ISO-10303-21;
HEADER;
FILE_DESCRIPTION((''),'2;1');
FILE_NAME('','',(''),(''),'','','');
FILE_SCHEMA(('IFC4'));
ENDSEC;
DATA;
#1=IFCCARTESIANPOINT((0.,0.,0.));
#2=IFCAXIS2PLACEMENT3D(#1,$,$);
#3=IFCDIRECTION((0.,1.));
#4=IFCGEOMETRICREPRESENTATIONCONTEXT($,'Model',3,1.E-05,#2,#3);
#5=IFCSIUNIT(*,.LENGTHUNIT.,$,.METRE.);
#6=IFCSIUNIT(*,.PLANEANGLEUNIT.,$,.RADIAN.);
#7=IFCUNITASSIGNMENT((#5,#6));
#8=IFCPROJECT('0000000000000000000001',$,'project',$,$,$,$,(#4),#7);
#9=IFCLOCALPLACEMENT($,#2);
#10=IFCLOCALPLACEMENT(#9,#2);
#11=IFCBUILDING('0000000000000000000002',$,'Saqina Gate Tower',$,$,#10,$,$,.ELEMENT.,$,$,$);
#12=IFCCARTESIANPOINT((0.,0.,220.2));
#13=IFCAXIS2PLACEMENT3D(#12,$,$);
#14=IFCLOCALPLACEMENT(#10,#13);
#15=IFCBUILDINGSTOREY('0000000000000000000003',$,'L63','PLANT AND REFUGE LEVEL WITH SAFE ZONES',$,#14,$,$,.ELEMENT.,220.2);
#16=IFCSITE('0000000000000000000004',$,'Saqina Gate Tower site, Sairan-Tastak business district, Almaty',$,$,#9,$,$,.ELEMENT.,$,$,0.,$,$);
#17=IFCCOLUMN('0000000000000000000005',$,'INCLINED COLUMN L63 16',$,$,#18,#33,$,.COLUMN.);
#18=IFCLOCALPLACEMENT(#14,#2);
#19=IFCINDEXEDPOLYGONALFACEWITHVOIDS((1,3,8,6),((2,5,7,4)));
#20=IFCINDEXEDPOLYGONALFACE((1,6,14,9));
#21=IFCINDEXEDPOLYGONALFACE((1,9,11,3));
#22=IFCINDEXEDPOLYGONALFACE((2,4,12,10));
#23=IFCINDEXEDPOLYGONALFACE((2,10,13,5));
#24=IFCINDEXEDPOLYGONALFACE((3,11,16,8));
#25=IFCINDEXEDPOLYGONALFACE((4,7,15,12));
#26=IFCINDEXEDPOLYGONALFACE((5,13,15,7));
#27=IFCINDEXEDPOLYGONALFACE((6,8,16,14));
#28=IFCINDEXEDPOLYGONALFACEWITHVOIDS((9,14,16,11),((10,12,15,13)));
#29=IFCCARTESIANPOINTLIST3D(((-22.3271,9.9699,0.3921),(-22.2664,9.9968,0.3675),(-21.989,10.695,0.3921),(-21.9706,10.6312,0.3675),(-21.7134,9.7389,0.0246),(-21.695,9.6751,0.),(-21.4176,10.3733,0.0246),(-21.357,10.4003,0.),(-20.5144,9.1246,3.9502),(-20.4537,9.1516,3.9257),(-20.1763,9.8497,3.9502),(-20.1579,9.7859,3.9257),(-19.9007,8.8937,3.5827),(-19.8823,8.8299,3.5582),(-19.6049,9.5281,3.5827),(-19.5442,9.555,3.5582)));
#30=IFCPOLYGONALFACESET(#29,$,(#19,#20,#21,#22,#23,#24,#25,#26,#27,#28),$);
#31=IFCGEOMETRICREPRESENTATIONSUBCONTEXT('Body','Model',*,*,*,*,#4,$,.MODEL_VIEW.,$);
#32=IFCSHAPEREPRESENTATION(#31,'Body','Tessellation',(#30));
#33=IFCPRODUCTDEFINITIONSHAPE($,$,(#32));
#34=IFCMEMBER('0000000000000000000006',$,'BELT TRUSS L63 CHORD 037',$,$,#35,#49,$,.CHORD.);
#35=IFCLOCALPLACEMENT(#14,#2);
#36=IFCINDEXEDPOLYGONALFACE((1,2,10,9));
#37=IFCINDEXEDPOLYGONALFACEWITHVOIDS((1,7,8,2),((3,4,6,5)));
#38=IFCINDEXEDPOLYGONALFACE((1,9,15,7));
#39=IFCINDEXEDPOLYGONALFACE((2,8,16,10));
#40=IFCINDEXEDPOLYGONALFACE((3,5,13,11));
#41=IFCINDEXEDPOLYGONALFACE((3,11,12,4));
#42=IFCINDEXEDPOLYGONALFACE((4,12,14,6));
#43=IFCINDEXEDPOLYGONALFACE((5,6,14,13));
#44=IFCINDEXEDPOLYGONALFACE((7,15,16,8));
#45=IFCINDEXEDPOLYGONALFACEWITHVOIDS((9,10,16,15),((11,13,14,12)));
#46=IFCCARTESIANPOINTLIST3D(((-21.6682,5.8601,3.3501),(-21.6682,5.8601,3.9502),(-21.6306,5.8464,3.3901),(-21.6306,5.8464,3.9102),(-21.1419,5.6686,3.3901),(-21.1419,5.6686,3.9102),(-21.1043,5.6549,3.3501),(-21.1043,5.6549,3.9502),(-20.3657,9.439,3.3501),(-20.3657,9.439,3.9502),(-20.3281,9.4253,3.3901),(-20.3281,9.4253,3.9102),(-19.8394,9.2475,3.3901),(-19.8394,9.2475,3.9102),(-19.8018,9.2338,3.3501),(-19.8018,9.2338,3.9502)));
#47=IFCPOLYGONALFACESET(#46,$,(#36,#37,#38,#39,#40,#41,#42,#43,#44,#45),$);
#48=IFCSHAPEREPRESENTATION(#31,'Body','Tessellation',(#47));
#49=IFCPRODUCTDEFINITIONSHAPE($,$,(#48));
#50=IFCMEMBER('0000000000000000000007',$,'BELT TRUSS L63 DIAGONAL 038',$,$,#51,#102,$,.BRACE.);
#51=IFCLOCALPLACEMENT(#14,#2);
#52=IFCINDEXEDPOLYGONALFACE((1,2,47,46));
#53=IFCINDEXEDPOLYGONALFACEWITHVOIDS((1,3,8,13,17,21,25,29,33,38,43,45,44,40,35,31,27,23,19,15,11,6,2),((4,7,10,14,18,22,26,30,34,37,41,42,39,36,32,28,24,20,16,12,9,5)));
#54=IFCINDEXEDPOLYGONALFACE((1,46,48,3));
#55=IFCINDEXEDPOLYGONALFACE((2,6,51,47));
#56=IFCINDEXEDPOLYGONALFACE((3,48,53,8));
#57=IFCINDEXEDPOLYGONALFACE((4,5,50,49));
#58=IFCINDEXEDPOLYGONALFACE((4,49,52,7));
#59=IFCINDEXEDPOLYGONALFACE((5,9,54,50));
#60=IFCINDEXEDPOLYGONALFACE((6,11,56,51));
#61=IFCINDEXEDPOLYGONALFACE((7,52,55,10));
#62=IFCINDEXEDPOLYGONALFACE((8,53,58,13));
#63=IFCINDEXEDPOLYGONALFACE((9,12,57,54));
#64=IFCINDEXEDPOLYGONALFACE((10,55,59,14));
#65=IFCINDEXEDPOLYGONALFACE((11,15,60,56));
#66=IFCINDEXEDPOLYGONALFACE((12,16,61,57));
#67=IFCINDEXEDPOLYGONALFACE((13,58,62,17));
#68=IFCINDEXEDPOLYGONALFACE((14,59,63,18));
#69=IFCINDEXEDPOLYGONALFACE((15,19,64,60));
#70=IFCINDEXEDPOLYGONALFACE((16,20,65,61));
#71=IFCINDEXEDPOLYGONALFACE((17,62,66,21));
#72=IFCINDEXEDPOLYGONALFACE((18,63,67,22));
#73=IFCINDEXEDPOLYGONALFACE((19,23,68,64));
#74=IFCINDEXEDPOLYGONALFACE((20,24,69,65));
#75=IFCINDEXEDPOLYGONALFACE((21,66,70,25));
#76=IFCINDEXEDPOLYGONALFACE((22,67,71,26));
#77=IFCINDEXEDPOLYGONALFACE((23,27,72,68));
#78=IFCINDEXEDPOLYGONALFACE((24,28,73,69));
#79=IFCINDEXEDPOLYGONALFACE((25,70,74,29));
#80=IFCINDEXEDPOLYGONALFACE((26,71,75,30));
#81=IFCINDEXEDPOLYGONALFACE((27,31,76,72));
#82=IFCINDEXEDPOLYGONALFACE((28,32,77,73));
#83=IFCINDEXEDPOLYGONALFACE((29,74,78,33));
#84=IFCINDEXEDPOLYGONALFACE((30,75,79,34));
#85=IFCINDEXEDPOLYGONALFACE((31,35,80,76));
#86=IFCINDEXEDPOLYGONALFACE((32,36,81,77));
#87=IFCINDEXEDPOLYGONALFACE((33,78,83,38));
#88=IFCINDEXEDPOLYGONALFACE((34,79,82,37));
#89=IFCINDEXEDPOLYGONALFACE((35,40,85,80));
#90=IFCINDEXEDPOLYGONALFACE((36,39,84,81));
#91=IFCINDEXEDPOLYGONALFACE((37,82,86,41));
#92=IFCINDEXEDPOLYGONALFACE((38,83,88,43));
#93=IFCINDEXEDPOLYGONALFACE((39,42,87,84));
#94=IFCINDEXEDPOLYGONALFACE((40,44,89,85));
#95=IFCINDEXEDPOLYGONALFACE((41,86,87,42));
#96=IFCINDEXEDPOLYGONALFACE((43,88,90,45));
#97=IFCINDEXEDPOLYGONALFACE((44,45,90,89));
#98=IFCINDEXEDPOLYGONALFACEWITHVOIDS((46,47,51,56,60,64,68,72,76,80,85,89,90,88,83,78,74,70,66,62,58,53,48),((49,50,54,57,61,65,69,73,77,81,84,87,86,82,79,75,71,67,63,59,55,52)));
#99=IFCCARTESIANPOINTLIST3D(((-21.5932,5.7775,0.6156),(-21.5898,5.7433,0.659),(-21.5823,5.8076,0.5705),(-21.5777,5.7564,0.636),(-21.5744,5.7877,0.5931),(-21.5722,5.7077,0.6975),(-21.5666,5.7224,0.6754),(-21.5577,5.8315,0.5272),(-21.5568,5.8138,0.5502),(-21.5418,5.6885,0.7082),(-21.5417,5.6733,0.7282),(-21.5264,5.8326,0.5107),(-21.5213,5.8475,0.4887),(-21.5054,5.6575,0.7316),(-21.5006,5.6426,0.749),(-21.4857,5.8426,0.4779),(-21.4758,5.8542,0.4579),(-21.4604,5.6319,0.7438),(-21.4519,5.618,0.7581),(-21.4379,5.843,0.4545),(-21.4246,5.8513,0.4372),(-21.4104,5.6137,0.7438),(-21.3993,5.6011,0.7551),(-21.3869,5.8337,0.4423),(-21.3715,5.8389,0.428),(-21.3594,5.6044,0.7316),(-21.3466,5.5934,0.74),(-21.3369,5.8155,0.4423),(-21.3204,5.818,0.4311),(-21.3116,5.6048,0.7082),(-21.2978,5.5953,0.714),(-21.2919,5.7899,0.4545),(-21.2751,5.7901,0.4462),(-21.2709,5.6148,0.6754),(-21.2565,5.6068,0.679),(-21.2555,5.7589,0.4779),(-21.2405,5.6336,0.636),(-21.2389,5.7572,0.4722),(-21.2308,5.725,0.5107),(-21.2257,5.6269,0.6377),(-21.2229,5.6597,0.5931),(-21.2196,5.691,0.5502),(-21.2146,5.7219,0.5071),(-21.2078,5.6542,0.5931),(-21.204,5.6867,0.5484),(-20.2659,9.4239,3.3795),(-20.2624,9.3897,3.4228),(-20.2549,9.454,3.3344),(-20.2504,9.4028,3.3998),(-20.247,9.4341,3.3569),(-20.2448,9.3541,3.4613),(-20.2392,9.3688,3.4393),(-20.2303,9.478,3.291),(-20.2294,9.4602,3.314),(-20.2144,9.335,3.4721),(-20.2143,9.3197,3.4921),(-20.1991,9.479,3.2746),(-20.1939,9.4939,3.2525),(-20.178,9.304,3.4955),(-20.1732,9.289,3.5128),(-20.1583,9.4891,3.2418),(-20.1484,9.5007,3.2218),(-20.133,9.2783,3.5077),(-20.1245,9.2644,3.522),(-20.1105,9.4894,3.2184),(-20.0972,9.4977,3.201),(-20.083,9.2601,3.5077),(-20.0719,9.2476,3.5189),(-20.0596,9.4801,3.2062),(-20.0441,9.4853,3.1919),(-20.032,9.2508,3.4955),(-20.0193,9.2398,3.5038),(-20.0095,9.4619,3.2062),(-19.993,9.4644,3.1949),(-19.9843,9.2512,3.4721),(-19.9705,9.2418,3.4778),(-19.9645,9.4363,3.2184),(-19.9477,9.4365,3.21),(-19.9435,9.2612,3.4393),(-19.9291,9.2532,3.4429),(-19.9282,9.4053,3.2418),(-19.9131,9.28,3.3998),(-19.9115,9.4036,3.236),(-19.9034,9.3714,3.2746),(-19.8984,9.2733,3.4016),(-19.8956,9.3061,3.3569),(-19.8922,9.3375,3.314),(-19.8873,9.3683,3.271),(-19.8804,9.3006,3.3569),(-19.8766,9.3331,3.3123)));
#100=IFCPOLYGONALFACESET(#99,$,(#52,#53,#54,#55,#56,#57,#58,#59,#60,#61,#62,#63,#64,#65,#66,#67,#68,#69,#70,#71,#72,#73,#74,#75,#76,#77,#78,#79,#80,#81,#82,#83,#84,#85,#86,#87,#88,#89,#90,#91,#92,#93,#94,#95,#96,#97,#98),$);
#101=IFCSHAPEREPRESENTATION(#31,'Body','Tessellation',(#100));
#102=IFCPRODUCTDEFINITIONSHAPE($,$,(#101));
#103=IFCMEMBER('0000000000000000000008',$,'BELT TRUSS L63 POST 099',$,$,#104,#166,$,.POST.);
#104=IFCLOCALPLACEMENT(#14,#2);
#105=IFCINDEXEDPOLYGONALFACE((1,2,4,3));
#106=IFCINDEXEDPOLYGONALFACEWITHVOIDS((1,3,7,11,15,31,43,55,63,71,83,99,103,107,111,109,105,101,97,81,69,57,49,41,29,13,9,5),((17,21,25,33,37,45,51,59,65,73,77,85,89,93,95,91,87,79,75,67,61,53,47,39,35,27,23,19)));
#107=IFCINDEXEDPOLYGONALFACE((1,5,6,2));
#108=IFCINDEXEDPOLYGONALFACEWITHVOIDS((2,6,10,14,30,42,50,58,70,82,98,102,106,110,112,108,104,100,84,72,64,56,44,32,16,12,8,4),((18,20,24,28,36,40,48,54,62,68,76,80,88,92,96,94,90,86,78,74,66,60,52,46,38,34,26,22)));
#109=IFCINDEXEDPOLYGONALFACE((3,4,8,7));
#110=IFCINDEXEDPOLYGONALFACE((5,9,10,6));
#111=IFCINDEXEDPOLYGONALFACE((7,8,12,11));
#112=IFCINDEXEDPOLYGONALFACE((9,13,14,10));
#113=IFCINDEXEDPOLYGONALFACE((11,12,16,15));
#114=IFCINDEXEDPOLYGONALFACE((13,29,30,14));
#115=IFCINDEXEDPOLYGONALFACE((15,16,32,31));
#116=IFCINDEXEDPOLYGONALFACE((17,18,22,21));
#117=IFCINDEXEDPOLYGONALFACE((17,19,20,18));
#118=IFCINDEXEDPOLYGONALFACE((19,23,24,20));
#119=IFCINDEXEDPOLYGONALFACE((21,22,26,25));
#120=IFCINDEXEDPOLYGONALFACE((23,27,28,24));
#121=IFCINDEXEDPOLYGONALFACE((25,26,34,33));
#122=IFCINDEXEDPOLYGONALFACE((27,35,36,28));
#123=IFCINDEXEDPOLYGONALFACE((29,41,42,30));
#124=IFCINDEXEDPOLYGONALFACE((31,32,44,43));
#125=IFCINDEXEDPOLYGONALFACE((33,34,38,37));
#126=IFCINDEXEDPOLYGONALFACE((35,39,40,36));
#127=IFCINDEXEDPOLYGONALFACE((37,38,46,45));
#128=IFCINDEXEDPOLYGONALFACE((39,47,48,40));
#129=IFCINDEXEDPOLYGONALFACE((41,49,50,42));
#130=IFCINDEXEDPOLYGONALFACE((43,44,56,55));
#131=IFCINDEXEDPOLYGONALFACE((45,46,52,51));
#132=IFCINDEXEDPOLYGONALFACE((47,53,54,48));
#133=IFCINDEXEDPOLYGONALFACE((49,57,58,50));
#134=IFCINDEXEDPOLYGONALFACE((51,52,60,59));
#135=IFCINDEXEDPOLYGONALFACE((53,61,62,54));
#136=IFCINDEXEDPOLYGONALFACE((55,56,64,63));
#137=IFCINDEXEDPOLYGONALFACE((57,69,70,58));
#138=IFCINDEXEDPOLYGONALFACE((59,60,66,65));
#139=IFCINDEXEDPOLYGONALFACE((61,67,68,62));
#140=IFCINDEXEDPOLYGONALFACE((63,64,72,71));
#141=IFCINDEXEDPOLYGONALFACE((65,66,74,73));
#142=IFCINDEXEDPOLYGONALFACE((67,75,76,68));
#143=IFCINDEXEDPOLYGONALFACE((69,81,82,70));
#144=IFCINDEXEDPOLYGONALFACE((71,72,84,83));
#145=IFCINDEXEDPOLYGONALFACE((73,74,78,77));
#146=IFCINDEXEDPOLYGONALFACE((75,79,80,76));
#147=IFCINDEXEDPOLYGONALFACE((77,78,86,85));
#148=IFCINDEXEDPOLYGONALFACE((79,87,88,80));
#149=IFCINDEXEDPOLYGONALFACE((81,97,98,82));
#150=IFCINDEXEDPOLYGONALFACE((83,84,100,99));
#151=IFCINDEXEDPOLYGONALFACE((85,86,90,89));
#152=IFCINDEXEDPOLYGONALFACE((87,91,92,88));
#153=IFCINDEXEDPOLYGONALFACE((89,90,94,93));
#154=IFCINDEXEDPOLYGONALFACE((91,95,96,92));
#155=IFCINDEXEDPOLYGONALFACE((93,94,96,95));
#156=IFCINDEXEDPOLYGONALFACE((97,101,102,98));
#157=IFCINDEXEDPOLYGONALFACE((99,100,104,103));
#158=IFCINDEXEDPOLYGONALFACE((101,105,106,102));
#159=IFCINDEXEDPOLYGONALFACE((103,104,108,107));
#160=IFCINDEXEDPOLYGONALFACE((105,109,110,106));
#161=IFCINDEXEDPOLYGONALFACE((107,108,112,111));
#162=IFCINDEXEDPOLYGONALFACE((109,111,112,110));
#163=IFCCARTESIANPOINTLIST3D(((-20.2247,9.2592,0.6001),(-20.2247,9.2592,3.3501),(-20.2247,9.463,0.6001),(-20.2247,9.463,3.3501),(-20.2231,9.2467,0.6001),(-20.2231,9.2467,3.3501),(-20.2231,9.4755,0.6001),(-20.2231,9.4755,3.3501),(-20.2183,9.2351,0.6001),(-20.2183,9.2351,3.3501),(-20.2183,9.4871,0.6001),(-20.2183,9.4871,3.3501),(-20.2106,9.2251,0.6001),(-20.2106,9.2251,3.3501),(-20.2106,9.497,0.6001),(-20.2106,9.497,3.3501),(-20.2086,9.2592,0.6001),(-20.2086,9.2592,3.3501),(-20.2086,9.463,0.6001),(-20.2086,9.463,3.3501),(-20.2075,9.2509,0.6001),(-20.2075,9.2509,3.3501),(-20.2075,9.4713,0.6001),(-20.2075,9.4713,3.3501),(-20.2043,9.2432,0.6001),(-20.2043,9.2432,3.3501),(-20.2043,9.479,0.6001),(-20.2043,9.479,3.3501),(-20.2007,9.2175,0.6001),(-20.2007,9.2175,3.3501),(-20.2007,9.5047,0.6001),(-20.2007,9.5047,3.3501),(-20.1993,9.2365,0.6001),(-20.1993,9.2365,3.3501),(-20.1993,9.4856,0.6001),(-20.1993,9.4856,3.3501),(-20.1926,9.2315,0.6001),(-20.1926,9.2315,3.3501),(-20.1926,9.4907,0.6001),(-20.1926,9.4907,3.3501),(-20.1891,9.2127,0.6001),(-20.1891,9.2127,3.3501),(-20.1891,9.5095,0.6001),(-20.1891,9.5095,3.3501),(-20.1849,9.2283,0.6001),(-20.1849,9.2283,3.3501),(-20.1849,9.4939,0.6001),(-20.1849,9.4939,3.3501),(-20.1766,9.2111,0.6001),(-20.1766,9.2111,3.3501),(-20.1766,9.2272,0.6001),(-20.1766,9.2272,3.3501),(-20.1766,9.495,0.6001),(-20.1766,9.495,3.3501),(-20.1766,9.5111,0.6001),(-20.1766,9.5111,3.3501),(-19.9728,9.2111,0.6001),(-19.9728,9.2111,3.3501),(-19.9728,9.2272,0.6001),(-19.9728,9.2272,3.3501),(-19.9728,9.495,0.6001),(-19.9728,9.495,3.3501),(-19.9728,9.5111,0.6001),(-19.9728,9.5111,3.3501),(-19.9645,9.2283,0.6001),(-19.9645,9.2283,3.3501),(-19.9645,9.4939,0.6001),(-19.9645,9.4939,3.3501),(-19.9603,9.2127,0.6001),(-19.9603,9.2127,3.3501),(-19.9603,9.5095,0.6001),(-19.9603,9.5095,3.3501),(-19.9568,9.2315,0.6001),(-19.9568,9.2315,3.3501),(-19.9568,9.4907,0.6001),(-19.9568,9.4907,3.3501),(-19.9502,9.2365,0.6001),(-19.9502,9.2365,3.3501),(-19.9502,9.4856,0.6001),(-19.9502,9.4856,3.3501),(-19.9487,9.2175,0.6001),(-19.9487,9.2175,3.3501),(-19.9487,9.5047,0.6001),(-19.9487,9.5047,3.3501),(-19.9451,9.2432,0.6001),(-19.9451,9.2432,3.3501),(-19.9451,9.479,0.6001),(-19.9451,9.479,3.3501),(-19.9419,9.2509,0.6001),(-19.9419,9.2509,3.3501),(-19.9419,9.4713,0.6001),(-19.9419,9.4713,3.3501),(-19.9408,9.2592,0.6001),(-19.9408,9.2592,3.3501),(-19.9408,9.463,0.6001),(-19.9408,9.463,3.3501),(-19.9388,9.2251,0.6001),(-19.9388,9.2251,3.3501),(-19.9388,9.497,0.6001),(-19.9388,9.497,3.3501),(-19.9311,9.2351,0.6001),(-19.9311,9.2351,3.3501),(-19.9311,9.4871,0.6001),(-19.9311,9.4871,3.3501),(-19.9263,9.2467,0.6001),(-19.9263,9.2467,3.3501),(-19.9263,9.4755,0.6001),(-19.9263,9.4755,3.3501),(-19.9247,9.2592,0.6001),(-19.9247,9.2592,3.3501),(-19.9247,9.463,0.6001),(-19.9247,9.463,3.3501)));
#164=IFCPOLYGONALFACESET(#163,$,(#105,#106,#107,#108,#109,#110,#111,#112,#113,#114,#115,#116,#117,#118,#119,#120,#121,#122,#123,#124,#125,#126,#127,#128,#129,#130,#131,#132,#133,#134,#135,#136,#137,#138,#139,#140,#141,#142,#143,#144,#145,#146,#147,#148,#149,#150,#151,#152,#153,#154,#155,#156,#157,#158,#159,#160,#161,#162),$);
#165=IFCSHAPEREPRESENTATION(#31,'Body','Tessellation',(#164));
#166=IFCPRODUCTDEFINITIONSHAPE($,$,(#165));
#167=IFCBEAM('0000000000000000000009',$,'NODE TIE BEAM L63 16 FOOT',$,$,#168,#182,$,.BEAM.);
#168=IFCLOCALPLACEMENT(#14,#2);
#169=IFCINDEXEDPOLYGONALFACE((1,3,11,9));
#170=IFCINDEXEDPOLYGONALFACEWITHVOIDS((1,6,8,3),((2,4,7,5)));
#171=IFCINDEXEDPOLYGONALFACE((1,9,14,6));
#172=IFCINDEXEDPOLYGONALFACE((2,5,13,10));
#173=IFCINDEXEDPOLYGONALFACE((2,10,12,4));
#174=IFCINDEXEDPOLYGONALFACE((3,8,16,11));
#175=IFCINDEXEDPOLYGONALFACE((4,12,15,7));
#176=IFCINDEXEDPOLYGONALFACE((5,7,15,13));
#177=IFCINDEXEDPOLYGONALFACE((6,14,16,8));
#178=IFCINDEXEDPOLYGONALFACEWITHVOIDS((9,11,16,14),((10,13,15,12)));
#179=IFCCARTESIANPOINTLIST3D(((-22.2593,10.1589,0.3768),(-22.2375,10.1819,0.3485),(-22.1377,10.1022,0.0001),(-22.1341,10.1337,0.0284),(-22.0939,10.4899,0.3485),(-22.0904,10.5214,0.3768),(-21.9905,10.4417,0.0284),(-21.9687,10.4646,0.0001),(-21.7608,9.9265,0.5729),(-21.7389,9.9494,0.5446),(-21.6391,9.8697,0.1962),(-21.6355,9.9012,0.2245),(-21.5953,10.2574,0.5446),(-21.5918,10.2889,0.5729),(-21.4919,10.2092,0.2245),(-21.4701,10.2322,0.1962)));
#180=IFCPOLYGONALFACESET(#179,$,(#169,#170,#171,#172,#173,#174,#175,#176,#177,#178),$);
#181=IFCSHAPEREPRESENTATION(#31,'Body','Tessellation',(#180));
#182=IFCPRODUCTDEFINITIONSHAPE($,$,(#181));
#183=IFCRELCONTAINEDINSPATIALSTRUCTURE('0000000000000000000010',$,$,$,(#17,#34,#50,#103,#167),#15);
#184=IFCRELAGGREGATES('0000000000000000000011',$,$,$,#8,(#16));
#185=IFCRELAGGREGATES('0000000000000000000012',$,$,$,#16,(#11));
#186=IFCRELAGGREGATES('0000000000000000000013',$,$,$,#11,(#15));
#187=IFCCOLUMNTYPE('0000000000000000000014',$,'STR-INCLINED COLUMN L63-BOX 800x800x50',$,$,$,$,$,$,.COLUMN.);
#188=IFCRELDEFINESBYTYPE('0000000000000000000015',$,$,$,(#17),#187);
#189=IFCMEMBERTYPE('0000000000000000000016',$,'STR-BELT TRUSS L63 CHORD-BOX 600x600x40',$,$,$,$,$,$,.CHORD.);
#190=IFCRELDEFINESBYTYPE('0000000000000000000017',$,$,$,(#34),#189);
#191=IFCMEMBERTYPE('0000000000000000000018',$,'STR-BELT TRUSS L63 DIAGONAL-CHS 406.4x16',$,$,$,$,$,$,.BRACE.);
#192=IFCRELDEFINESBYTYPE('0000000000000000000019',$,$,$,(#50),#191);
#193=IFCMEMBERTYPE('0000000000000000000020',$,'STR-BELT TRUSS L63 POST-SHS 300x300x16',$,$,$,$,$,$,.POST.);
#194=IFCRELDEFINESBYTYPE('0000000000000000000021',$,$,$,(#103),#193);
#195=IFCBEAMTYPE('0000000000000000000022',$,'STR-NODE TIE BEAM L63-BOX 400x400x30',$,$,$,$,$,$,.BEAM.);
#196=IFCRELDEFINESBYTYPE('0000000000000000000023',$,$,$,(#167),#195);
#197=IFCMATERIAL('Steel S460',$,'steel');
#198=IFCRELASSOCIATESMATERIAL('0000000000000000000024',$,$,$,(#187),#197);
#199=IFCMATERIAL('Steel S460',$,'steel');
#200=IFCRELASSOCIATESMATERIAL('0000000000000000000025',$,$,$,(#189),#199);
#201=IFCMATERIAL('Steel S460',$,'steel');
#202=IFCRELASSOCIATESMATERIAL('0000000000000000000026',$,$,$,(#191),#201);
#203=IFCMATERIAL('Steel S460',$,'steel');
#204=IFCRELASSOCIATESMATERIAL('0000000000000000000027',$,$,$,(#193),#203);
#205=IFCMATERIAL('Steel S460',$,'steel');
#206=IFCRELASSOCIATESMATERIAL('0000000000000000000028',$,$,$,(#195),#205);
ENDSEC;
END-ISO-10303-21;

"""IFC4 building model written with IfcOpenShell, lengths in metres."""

from ifc_helpers import new_model, si_unit, direction, frame, origin, origin_2d, place, context, subcontext, project, spatial, hollow_rectangle, hollow_circle, extrude, material, material_profile, profile_set, type_object, element, save


model = new_model("IFC4")

# Units and contexts
model_context = context("Model", 3, precision=1e-05, world=origin(), true_north=direction((0.0, 1.0)))
body_context = subcontext(model_context, "Body", "Model", "MODEL_VIEW")
ifc_project = project(units=[si_unit("LENGTHUNIT", "METRE"), si_unit("PLANEANGLEUNIT", "RADIAN")], contexts=[model_context])

# Site, building, storey
site_placement = place(None, origin())
site = spatial("IfcSite", under=ifc_project, at=site_placement, Name="Saqina Gate Tower site, Sairan-Tastak business district, Almaty", CompositionType="ELEMENT", RefElevation=0.0)
building_placement = place(site_placement, origin())
building = spatial("IfcBuilding", under=site, at=building_placement, Name="Saqina Gate Tower", CompositionType="ELEMENT")
storey_placement = place(building_placement, frame((0.0, 0.0, 220.2)))
storey = spatial("IfcBuildingStorey", under=building, at=storey_placement, Name="L63", Description="PLANT AND REFUGE LEVEL WITH SAFE ZONES", CompositionType="ELEMENT", Elevation=220.2)

# Column
ifc_material_1 = material(Name="Steel S460", Category="steel")
ifc_material_profile_1 = material_profile(ifc_material_1, hollow_rectangle(XDim=0.8, YDim=0.8, WallThickness=0.05, at=origin_2d()), Name="BOX 800x800x50")
ifc_profile_set_1 = profile_set([ifc_material_profile_1], Name="Steel S460")
column_type = type_object("IfcColumnType", Name="STR-INCLINED COLUMN L63-BOX 800x800x50", PredefinedType="COLUMN", material=ifc_profile_set_1)
column_placement = place(storey_placement, frame((-21.842, 10.1851, 0.196), z_axis=(0.444111, -0.207073, 0.871714), x_axis=(0.422585, 0.906323, 0.0)))
element("IfcColumn", 1, at=column_placement, inside=storey, type_object=column_type, Name="INCLINED COLUMN L63 16", PredefinedType="COLUMN", context=body_context, shape_type="SweptSolid", body=[
    extrude(hollow_rectangle(XDim=0.8, YDim=0.8, WallThickness=0.05, at=origin_2d()), origin(), (0.0, 0.0, 1.0), 4.0818),
])

# Members
ifc_material_2 = material(Name="Steel S460", Category="steel")
ifc_material_profile_2 = material_profile(ifc_material_2, hollow_rectangle(XDim=0.6001, YDim=0.6001, WallThickness=0.04, at=origin_2d()), Name="BOX 600x600x40")
ifc_profile_set_2 = profile_set([ifc_material_profile_2], Name="Steel S460")
member_type_1 = type_object("IfcMemberType", Name="STR-BELT TRUSS L63 CHORD-BOX 600x600x40", PredefinedType="CHORD", material=ifc_profile_set_2)
member_1_placement = place(storey_placement, frame((-20.0837, 9.3364, 3.6501), z_axis=(-0.341995, -0.939702, 0.0), x_axis=(0.939702, -0.341995, 0.0)))
element("IfcMember", 2, at=member_1_placement, inside=storey, type_object=member_type_1, Name="BELT TRUSS L63 CHORD 037", PredefinedType="CHORD", context=body_context, shape_type="SweptSolid", body=[
    extrude(hollow_rectangle(XDim=0.6001, YDim=0.6001, WallThickness=0.04, at=origin_2d()), origin(), (0.0, 0.0, 1.0), 3.8086),
])
ifc_material_3 = material(Name="Steel S460", Category="steel")
ifc_material_profile_3 = material_profile(ifc_material_3, hollow_circle(Radius=0.2031, WallThickness=0.0161, at=origin_2d()), Name="CHS 406.4x16")
ifc_profile_set_3 = profile_set([ifc_material_profile_3], Name="Steel S460")
member_type_2 = type_object("IfcMemberType", Name="STR-BELT TRUSS L63 DIAGONAL-CHS 406.4x16", PredefinedType="BRACE", material=ifc_profile_set_3)
member_2_placement = place(storey_placement, frame((-20.0713, 9.3701, 3.3569), z_axis=(-0.278615, -0.765385, -0.580137), x_axis=(0.939678, -0.342061, 0.0)))
element("IfcMember", 3, at=member_2_placement, inside=storey, type_object=member_type_2, Name="BELT TRUSS L63 DIAGONAL 038", PredefinedType="BRACE", context=body_context, shape_type="SweptSolid", body=[
    extrude(hollow_circle(Radius=0.2031, WallThickness=0.0161, at=origin_2d()), origin(), (0.0, 0.0, 1.0), 4.7642),
])
ifc_material_4 = material(Name="Steel S460", Category="steel")
ifc_material_profile_4 = material_profile(ifc_material_4, hollow_rectangle(XDim=0.3, YDim=0.3, WallThickness=0.0161, InnerFilletRadius=0.032, OuterFilletRadius=0.0481, at=origin_2d()), Name="SHS 300x300x16")
ifc_profile_set_4 = profile_set([ifc_material_profile_4], Name="Steel S460")
member_type_3 = type_object("IfcMemberType", Name="STR-BELT TRUSS L63 POST-SHS 300x300x16", PredefinedType="POST", material=ifc_profile_set_4)
member_3_placement = place(storey_placement, frame((-20.0747, 9.3611, 0.6001), z_axis=(0.0, 0.0, 1.0), x_axis=(1.0, 0.0, 0.0)))
element("IfcMember", 4, at=member_3_placement, inside=storey, type_object=member_type_3, Name="BELT TRUSS L63 POST 099", PredefinedType="POST", context=body_context, shape_type="SweptSolid", body=[
    extrude(hollow_rectangle(XDim=0.3, YDim=0.3, WallThickness=0.0161, InnerFilletRadius=0.032, OuterFilletRadius=0.0481, at=origin_2d()), origin(), (0.0, 0.0, 1.0), 2.75),
])

# Beam
ifc_material_5 = material(Name="Steel S460", Category="steel")
ifc_material_profile_5 = material_profile(ifc_material_5, hollow_rectangle(XDim=0.3999, YDim=0.3999, WallThickness=0.03, at=origin_2d()), Name="BOX 400x400x30")
ifc_profile_set_5 = profile_set([ifc_material_profile_5], Name="Steel S460")
beam_type = type_object("IfcBeamType", Name="STR-NODE TIE BEAM L63-BOX 400x400x30", PredefinedType="BEAM", material=ifc_profile_set_5)
beam_placement = place(storey_placement, frame((-22.114, 10.3118, 0.1885), z_axis=(0.853738, -0.398021, 0.335725), x_axis=(0.422545, 0.906342, 0.0)))
element("IfcBeam", 5, at=beam_placement, inside=storey, type_object=beam_type, Name="NODE TIE BEAM L63 16 FOOT", PredefinedType="BEAM", context=body_context, shape_type="SweptSolid", body=[
    extrude(hollow_rectangle(XDim=0.3999, YDim=0.3999, WallThickness=0.03, at=origin_2d()), origin(), (0.0, 0.0, 1.0), 0.584),
])

save(model, "model.ifc")
